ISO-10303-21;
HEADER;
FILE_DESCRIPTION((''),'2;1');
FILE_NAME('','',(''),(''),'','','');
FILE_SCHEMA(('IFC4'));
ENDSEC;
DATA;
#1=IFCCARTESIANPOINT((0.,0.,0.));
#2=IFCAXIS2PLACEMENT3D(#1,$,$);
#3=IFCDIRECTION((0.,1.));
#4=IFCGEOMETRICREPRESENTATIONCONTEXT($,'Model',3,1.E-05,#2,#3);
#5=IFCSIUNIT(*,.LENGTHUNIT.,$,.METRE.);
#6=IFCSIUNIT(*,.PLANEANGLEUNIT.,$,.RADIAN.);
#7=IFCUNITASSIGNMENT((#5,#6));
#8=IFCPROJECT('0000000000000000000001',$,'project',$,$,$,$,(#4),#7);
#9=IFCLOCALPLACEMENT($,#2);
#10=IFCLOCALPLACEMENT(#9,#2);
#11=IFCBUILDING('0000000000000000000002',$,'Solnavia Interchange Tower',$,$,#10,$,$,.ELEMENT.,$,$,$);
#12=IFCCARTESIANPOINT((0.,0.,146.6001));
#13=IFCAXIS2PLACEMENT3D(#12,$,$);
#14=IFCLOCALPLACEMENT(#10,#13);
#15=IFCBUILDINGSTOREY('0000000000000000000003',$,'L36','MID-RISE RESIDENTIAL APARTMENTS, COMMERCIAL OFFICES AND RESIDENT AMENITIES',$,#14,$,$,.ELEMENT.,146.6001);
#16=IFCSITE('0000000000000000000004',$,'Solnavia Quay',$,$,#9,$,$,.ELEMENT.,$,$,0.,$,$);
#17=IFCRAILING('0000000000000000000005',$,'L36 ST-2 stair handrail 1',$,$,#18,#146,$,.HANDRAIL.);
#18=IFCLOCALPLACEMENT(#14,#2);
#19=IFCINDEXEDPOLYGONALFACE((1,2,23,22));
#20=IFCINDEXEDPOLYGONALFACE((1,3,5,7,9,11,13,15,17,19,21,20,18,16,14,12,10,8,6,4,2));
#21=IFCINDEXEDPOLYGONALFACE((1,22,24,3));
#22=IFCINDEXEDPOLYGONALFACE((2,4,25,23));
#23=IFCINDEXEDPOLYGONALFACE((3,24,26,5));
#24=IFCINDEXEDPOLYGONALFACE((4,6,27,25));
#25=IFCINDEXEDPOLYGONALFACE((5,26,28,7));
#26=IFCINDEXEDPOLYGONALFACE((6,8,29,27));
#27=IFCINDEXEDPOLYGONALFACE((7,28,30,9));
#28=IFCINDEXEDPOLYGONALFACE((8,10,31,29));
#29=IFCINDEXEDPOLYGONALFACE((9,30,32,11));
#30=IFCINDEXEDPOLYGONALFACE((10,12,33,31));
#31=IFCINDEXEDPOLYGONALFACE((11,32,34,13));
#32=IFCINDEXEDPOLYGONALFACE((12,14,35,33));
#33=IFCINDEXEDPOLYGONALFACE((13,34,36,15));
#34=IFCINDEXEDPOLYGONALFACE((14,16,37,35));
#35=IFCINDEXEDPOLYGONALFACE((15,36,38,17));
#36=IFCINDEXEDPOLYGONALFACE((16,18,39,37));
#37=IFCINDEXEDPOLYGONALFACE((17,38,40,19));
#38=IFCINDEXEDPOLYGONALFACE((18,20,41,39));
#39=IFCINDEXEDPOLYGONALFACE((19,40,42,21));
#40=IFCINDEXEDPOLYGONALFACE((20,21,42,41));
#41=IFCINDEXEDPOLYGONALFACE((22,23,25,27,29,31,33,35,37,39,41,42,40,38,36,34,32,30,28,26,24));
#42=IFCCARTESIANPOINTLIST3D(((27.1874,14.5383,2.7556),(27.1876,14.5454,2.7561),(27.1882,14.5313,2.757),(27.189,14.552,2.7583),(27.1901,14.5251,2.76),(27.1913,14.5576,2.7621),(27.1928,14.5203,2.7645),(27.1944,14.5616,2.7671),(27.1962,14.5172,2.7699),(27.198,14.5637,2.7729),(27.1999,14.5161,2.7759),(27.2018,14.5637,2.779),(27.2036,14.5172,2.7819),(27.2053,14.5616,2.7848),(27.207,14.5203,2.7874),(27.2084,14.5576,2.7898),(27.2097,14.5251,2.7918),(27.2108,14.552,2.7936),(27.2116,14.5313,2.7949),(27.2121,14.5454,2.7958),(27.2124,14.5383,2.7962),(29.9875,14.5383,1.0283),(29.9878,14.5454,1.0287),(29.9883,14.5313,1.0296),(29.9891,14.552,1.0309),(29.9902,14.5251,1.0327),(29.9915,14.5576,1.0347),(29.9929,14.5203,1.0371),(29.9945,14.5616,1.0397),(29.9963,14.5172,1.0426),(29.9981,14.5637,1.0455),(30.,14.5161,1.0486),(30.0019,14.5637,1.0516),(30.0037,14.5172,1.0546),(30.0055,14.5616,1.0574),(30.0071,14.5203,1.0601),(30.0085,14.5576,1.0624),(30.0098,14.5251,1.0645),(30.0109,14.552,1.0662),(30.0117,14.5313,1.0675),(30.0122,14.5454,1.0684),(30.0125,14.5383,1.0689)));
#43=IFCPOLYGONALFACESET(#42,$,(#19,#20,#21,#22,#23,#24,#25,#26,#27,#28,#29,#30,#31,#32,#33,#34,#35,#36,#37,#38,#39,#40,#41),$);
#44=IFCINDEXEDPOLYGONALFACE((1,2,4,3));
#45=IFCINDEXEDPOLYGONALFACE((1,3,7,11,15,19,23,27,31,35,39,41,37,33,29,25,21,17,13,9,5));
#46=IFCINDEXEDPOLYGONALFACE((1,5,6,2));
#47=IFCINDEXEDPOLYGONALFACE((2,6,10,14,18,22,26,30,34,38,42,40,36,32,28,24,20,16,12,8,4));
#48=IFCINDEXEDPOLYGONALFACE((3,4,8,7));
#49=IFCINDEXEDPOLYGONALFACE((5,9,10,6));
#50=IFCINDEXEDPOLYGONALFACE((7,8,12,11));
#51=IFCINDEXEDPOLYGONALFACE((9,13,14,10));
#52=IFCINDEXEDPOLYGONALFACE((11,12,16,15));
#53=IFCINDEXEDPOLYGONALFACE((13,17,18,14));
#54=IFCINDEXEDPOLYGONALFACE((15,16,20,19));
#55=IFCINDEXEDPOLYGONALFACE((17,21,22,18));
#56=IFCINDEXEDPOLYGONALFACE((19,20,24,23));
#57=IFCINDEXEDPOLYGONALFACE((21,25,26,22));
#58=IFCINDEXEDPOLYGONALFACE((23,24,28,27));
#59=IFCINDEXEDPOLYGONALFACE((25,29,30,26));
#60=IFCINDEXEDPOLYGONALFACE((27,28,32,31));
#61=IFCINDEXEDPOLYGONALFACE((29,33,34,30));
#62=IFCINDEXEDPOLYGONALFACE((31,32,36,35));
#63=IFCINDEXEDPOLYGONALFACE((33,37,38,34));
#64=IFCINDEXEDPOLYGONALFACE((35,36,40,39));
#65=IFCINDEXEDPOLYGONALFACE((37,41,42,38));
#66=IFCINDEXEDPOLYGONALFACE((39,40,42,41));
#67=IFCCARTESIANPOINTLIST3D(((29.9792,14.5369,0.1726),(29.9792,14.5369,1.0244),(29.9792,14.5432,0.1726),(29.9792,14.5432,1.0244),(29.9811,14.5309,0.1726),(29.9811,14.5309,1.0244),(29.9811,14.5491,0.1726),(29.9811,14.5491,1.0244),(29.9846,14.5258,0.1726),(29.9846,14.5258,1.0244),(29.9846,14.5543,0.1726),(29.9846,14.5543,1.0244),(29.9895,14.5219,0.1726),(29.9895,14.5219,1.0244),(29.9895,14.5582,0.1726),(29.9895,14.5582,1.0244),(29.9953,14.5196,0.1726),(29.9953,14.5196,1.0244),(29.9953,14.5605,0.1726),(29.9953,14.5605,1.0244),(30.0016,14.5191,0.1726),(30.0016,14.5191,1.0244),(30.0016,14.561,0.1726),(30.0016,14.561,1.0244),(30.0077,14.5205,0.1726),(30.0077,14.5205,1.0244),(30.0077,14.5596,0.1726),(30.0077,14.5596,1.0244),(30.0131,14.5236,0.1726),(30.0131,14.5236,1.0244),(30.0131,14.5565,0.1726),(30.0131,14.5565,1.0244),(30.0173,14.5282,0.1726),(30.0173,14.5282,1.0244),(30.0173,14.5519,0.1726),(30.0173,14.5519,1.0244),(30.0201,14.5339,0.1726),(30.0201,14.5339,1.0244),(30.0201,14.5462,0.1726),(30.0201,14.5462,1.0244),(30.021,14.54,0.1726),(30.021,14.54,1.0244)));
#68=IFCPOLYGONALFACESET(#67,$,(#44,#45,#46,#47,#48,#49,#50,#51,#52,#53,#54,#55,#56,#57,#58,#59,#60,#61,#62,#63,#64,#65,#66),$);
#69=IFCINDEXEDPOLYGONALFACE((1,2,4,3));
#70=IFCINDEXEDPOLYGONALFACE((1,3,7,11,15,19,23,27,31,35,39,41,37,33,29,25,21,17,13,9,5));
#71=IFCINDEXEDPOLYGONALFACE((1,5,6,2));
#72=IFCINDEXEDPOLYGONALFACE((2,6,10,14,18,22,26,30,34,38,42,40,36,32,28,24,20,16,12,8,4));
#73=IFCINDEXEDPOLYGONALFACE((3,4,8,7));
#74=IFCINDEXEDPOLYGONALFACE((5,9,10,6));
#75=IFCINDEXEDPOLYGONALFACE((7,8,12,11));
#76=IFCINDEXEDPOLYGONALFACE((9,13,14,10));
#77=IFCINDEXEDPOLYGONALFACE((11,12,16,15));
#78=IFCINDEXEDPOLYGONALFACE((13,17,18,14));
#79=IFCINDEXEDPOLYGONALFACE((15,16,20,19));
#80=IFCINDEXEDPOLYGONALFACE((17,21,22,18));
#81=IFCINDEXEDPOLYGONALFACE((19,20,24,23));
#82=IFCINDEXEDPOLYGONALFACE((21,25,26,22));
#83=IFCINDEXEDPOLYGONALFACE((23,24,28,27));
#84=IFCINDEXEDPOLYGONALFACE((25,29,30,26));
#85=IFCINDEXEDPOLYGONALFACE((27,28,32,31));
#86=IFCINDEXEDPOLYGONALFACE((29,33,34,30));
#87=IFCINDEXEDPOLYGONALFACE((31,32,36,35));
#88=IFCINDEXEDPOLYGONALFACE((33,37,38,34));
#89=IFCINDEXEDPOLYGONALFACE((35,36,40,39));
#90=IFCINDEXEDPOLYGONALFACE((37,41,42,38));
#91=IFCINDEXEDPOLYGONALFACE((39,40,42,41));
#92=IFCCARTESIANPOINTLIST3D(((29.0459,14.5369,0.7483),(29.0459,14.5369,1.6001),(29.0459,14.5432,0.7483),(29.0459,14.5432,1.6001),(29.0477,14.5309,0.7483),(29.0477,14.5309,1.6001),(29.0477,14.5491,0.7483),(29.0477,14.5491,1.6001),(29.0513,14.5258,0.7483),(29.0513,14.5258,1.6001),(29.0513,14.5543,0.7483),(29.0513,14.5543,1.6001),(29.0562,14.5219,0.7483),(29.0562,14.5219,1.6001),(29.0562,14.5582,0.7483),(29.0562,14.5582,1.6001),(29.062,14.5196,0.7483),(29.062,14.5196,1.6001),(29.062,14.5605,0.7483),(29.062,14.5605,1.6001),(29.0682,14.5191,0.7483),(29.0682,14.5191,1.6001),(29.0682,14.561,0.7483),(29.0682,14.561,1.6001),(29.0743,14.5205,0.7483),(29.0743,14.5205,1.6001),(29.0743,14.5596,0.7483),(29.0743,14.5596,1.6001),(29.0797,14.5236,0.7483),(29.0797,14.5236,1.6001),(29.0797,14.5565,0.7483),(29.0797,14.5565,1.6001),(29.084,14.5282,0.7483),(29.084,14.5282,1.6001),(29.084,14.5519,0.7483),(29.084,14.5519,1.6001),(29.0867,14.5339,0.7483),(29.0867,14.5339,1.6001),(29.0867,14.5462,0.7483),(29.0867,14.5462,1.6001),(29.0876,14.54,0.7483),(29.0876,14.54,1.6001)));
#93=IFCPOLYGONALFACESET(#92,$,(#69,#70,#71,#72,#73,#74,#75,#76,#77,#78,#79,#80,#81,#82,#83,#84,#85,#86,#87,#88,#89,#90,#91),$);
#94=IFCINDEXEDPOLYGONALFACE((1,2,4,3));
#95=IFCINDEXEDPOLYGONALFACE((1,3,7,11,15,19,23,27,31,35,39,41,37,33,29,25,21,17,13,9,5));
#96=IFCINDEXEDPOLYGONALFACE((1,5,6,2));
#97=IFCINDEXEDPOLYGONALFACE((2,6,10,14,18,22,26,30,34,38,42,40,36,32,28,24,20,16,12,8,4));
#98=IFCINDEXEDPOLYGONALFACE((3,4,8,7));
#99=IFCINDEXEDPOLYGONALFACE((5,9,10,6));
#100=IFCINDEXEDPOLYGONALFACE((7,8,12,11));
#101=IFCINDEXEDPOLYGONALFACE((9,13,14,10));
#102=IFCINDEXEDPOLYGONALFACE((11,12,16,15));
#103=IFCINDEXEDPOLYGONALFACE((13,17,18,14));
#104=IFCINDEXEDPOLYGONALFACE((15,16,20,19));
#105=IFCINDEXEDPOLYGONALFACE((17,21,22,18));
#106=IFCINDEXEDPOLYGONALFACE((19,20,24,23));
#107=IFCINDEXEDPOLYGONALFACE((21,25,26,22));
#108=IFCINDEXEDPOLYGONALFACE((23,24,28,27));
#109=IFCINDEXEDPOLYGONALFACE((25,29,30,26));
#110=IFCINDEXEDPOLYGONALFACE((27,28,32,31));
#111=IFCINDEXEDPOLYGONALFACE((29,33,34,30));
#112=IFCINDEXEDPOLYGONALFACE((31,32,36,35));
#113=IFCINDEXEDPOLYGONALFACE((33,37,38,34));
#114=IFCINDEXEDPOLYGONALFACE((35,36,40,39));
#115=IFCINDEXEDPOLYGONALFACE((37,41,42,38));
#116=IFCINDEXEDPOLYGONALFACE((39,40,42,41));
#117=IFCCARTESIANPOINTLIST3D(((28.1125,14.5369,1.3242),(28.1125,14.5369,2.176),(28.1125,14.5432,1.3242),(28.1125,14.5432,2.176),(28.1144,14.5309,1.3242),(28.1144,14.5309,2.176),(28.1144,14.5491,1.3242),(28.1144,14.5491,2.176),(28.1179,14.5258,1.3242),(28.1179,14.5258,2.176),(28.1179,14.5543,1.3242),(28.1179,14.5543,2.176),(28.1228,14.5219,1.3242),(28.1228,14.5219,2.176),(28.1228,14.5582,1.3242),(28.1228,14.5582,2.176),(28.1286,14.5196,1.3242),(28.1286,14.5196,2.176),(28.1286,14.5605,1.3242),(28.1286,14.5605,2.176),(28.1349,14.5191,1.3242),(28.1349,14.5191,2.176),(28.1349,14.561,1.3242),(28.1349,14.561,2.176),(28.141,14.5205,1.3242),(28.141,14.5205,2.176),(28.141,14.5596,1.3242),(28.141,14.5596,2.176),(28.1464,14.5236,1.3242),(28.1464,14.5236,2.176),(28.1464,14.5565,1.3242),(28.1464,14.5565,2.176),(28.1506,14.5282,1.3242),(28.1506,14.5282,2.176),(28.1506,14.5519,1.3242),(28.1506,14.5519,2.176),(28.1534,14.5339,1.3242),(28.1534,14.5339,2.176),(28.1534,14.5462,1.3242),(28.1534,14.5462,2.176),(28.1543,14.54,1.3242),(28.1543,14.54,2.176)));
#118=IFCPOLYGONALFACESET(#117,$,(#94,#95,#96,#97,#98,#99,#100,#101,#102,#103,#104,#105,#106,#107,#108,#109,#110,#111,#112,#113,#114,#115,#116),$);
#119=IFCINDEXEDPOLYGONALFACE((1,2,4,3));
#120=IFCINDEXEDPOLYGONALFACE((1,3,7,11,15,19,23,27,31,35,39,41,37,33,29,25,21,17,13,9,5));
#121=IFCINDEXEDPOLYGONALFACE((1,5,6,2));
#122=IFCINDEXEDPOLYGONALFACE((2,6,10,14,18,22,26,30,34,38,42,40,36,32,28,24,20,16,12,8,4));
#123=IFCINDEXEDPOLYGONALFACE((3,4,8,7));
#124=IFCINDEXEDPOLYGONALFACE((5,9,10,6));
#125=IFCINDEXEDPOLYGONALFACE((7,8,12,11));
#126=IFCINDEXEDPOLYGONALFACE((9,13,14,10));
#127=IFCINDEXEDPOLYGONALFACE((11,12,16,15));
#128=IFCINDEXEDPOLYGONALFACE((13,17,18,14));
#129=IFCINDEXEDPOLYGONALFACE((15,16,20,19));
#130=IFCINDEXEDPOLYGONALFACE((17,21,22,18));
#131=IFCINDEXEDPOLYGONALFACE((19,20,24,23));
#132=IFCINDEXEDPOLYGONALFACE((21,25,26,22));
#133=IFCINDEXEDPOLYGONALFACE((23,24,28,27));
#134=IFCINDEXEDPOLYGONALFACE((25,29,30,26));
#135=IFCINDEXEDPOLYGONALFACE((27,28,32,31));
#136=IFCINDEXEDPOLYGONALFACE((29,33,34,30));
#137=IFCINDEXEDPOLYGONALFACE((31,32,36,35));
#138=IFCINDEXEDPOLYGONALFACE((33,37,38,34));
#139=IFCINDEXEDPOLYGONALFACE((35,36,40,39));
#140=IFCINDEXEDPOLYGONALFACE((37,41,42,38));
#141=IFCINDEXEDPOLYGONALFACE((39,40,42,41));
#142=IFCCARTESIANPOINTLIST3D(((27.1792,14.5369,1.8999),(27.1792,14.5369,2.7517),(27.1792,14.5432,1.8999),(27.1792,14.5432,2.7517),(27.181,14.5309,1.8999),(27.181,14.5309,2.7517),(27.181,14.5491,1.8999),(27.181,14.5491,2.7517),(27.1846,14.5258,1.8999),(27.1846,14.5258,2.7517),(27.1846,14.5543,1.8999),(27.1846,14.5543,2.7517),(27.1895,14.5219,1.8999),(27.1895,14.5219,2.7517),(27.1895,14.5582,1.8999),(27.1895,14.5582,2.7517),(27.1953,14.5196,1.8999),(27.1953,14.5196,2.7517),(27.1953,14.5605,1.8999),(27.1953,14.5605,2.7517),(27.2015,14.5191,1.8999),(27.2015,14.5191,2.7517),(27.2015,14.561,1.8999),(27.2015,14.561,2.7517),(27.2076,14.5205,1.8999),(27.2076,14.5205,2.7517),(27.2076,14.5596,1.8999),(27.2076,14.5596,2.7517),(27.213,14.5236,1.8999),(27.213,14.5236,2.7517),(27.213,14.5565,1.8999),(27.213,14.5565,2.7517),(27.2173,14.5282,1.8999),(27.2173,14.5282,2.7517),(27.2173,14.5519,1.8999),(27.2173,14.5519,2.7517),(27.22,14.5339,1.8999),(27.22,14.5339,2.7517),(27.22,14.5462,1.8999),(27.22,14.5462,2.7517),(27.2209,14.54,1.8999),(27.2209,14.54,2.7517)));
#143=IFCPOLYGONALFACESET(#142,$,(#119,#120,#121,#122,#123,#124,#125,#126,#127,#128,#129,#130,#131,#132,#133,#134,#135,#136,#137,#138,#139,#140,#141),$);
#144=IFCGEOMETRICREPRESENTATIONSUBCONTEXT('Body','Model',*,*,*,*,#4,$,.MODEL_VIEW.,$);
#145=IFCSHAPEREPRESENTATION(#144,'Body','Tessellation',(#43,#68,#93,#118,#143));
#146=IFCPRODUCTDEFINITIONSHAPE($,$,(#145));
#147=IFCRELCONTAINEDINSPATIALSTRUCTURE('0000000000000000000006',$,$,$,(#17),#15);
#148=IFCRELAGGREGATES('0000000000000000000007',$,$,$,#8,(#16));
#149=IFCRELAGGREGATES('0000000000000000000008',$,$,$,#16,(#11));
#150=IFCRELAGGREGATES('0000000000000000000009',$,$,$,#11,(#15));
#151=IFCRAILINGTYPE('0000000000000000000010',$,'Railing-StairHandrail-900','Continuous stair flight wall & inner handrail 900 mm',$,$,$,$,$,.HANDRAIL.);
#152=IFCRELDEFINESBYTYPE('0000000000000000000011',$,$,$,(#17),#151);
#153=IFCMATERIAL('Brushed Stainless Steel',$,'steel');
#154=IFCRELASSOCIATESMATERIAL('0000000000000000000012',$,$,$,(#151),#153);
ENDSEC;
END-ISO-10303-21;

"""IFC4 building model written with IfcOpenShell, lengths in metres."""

from ifc_helpers import new_model, si_unit, direction, frame, origin, origin_2d, place, context, subcontext, project, spatial, circle, extrude, material, type_object, element, save


model = new_model("IFC4")

# Units and contexts
model_context = context("Model", 3, precision=1e-05, world=origin(), true_north=direction((0.0, 1.0)))
body_context = subcontext(model_context, "Body", "Model", "MODEL_VIEW")
ifc_project = project(units=[si_unit("LENGTHUNIT", "METRE"), si_unit("PLANEANGLEUNIT", "RADIAN")], contexts=[model_context])

# Site, building, storey
site_placement = place(None, origin())
site = spatial("IfcSite", under=ifc_project, at=site_placement, Name="Solnavia Quay", CompositionType="ELEMENT", RefElevation=0.0)
building_placement = place(site_placement, origin())
building = spatial("IfcBuilding", under=site, at=building_placement, Name="Solnavia Interchange Tower", CompositionType="ELEMENT")
storey_placement = place(building_placement, frame((0.0, 0.0, 146.6001)))
storey = spatial("IfcBuildingStorey", under=building, at=storey_placement, Name="L36", Description="MID-RISE RESIDENTIAL APARTMENTS, COMMERCIAL OFFICES AND RESIDENT AMENITIES", CompositionType="ELEMENT", Elevation=146.6001)

# Railing
ifc_material_1 = material(Name="Brushed Stainless Steel", Category="steel")
railing_type_1 = type_object("IfcRailingType", Name="Railing-StairHandrail-900", Description="Continuous stair flight wall & inner handrail 900 mm", PredefinedType="HANDRAIL", material=ifc_material_1)
railing_1_placement = place(storey_placement, frame((30.0, 14.54, 0.1726)))
element("IfcRailing", 1, at=railing_1_placement, inside=storey, type_object=railing_type_1, Name="L36 ST-2 stair handrail 1", PredefinedType="HANDRAIL", context=body_context, shape_type="SweptSolid", body=[
    extrude(circle(Radius=0.0239, at=origin_2d()), frame((0.0, 0.0, 0.876), z_axis=(-0.85109, 0.0, 0.52502), x_axis=(0.0, -1.0, 0.0)), (0.0, 0.0, 1.0), 3.29),
    extrude(circle(Radius=0.021, at=origin_2d()), origin(), (0.0, 0.0, 1.0), 0.8518),
    extrude(circle(Radius=0.021, at=origin_2d()), frame((-0.9333, 0.0, 0.5757)), (0.0, 0.0, 1.0), 0.8518),
    extrude(circle(Radius=0.021, at=origin_2d()), frame((-1.8667, 0.0, 1.1516)), (0.0, 0.0, 1.0), 0.8518),
    extrude(circle(Radius=0.021, at=origin_2d()), frame((-2.8, 0.0, 1.7273)), (0.0, 0.0, 1.0), 0.8518),
])

save(model, "model.ifc")
